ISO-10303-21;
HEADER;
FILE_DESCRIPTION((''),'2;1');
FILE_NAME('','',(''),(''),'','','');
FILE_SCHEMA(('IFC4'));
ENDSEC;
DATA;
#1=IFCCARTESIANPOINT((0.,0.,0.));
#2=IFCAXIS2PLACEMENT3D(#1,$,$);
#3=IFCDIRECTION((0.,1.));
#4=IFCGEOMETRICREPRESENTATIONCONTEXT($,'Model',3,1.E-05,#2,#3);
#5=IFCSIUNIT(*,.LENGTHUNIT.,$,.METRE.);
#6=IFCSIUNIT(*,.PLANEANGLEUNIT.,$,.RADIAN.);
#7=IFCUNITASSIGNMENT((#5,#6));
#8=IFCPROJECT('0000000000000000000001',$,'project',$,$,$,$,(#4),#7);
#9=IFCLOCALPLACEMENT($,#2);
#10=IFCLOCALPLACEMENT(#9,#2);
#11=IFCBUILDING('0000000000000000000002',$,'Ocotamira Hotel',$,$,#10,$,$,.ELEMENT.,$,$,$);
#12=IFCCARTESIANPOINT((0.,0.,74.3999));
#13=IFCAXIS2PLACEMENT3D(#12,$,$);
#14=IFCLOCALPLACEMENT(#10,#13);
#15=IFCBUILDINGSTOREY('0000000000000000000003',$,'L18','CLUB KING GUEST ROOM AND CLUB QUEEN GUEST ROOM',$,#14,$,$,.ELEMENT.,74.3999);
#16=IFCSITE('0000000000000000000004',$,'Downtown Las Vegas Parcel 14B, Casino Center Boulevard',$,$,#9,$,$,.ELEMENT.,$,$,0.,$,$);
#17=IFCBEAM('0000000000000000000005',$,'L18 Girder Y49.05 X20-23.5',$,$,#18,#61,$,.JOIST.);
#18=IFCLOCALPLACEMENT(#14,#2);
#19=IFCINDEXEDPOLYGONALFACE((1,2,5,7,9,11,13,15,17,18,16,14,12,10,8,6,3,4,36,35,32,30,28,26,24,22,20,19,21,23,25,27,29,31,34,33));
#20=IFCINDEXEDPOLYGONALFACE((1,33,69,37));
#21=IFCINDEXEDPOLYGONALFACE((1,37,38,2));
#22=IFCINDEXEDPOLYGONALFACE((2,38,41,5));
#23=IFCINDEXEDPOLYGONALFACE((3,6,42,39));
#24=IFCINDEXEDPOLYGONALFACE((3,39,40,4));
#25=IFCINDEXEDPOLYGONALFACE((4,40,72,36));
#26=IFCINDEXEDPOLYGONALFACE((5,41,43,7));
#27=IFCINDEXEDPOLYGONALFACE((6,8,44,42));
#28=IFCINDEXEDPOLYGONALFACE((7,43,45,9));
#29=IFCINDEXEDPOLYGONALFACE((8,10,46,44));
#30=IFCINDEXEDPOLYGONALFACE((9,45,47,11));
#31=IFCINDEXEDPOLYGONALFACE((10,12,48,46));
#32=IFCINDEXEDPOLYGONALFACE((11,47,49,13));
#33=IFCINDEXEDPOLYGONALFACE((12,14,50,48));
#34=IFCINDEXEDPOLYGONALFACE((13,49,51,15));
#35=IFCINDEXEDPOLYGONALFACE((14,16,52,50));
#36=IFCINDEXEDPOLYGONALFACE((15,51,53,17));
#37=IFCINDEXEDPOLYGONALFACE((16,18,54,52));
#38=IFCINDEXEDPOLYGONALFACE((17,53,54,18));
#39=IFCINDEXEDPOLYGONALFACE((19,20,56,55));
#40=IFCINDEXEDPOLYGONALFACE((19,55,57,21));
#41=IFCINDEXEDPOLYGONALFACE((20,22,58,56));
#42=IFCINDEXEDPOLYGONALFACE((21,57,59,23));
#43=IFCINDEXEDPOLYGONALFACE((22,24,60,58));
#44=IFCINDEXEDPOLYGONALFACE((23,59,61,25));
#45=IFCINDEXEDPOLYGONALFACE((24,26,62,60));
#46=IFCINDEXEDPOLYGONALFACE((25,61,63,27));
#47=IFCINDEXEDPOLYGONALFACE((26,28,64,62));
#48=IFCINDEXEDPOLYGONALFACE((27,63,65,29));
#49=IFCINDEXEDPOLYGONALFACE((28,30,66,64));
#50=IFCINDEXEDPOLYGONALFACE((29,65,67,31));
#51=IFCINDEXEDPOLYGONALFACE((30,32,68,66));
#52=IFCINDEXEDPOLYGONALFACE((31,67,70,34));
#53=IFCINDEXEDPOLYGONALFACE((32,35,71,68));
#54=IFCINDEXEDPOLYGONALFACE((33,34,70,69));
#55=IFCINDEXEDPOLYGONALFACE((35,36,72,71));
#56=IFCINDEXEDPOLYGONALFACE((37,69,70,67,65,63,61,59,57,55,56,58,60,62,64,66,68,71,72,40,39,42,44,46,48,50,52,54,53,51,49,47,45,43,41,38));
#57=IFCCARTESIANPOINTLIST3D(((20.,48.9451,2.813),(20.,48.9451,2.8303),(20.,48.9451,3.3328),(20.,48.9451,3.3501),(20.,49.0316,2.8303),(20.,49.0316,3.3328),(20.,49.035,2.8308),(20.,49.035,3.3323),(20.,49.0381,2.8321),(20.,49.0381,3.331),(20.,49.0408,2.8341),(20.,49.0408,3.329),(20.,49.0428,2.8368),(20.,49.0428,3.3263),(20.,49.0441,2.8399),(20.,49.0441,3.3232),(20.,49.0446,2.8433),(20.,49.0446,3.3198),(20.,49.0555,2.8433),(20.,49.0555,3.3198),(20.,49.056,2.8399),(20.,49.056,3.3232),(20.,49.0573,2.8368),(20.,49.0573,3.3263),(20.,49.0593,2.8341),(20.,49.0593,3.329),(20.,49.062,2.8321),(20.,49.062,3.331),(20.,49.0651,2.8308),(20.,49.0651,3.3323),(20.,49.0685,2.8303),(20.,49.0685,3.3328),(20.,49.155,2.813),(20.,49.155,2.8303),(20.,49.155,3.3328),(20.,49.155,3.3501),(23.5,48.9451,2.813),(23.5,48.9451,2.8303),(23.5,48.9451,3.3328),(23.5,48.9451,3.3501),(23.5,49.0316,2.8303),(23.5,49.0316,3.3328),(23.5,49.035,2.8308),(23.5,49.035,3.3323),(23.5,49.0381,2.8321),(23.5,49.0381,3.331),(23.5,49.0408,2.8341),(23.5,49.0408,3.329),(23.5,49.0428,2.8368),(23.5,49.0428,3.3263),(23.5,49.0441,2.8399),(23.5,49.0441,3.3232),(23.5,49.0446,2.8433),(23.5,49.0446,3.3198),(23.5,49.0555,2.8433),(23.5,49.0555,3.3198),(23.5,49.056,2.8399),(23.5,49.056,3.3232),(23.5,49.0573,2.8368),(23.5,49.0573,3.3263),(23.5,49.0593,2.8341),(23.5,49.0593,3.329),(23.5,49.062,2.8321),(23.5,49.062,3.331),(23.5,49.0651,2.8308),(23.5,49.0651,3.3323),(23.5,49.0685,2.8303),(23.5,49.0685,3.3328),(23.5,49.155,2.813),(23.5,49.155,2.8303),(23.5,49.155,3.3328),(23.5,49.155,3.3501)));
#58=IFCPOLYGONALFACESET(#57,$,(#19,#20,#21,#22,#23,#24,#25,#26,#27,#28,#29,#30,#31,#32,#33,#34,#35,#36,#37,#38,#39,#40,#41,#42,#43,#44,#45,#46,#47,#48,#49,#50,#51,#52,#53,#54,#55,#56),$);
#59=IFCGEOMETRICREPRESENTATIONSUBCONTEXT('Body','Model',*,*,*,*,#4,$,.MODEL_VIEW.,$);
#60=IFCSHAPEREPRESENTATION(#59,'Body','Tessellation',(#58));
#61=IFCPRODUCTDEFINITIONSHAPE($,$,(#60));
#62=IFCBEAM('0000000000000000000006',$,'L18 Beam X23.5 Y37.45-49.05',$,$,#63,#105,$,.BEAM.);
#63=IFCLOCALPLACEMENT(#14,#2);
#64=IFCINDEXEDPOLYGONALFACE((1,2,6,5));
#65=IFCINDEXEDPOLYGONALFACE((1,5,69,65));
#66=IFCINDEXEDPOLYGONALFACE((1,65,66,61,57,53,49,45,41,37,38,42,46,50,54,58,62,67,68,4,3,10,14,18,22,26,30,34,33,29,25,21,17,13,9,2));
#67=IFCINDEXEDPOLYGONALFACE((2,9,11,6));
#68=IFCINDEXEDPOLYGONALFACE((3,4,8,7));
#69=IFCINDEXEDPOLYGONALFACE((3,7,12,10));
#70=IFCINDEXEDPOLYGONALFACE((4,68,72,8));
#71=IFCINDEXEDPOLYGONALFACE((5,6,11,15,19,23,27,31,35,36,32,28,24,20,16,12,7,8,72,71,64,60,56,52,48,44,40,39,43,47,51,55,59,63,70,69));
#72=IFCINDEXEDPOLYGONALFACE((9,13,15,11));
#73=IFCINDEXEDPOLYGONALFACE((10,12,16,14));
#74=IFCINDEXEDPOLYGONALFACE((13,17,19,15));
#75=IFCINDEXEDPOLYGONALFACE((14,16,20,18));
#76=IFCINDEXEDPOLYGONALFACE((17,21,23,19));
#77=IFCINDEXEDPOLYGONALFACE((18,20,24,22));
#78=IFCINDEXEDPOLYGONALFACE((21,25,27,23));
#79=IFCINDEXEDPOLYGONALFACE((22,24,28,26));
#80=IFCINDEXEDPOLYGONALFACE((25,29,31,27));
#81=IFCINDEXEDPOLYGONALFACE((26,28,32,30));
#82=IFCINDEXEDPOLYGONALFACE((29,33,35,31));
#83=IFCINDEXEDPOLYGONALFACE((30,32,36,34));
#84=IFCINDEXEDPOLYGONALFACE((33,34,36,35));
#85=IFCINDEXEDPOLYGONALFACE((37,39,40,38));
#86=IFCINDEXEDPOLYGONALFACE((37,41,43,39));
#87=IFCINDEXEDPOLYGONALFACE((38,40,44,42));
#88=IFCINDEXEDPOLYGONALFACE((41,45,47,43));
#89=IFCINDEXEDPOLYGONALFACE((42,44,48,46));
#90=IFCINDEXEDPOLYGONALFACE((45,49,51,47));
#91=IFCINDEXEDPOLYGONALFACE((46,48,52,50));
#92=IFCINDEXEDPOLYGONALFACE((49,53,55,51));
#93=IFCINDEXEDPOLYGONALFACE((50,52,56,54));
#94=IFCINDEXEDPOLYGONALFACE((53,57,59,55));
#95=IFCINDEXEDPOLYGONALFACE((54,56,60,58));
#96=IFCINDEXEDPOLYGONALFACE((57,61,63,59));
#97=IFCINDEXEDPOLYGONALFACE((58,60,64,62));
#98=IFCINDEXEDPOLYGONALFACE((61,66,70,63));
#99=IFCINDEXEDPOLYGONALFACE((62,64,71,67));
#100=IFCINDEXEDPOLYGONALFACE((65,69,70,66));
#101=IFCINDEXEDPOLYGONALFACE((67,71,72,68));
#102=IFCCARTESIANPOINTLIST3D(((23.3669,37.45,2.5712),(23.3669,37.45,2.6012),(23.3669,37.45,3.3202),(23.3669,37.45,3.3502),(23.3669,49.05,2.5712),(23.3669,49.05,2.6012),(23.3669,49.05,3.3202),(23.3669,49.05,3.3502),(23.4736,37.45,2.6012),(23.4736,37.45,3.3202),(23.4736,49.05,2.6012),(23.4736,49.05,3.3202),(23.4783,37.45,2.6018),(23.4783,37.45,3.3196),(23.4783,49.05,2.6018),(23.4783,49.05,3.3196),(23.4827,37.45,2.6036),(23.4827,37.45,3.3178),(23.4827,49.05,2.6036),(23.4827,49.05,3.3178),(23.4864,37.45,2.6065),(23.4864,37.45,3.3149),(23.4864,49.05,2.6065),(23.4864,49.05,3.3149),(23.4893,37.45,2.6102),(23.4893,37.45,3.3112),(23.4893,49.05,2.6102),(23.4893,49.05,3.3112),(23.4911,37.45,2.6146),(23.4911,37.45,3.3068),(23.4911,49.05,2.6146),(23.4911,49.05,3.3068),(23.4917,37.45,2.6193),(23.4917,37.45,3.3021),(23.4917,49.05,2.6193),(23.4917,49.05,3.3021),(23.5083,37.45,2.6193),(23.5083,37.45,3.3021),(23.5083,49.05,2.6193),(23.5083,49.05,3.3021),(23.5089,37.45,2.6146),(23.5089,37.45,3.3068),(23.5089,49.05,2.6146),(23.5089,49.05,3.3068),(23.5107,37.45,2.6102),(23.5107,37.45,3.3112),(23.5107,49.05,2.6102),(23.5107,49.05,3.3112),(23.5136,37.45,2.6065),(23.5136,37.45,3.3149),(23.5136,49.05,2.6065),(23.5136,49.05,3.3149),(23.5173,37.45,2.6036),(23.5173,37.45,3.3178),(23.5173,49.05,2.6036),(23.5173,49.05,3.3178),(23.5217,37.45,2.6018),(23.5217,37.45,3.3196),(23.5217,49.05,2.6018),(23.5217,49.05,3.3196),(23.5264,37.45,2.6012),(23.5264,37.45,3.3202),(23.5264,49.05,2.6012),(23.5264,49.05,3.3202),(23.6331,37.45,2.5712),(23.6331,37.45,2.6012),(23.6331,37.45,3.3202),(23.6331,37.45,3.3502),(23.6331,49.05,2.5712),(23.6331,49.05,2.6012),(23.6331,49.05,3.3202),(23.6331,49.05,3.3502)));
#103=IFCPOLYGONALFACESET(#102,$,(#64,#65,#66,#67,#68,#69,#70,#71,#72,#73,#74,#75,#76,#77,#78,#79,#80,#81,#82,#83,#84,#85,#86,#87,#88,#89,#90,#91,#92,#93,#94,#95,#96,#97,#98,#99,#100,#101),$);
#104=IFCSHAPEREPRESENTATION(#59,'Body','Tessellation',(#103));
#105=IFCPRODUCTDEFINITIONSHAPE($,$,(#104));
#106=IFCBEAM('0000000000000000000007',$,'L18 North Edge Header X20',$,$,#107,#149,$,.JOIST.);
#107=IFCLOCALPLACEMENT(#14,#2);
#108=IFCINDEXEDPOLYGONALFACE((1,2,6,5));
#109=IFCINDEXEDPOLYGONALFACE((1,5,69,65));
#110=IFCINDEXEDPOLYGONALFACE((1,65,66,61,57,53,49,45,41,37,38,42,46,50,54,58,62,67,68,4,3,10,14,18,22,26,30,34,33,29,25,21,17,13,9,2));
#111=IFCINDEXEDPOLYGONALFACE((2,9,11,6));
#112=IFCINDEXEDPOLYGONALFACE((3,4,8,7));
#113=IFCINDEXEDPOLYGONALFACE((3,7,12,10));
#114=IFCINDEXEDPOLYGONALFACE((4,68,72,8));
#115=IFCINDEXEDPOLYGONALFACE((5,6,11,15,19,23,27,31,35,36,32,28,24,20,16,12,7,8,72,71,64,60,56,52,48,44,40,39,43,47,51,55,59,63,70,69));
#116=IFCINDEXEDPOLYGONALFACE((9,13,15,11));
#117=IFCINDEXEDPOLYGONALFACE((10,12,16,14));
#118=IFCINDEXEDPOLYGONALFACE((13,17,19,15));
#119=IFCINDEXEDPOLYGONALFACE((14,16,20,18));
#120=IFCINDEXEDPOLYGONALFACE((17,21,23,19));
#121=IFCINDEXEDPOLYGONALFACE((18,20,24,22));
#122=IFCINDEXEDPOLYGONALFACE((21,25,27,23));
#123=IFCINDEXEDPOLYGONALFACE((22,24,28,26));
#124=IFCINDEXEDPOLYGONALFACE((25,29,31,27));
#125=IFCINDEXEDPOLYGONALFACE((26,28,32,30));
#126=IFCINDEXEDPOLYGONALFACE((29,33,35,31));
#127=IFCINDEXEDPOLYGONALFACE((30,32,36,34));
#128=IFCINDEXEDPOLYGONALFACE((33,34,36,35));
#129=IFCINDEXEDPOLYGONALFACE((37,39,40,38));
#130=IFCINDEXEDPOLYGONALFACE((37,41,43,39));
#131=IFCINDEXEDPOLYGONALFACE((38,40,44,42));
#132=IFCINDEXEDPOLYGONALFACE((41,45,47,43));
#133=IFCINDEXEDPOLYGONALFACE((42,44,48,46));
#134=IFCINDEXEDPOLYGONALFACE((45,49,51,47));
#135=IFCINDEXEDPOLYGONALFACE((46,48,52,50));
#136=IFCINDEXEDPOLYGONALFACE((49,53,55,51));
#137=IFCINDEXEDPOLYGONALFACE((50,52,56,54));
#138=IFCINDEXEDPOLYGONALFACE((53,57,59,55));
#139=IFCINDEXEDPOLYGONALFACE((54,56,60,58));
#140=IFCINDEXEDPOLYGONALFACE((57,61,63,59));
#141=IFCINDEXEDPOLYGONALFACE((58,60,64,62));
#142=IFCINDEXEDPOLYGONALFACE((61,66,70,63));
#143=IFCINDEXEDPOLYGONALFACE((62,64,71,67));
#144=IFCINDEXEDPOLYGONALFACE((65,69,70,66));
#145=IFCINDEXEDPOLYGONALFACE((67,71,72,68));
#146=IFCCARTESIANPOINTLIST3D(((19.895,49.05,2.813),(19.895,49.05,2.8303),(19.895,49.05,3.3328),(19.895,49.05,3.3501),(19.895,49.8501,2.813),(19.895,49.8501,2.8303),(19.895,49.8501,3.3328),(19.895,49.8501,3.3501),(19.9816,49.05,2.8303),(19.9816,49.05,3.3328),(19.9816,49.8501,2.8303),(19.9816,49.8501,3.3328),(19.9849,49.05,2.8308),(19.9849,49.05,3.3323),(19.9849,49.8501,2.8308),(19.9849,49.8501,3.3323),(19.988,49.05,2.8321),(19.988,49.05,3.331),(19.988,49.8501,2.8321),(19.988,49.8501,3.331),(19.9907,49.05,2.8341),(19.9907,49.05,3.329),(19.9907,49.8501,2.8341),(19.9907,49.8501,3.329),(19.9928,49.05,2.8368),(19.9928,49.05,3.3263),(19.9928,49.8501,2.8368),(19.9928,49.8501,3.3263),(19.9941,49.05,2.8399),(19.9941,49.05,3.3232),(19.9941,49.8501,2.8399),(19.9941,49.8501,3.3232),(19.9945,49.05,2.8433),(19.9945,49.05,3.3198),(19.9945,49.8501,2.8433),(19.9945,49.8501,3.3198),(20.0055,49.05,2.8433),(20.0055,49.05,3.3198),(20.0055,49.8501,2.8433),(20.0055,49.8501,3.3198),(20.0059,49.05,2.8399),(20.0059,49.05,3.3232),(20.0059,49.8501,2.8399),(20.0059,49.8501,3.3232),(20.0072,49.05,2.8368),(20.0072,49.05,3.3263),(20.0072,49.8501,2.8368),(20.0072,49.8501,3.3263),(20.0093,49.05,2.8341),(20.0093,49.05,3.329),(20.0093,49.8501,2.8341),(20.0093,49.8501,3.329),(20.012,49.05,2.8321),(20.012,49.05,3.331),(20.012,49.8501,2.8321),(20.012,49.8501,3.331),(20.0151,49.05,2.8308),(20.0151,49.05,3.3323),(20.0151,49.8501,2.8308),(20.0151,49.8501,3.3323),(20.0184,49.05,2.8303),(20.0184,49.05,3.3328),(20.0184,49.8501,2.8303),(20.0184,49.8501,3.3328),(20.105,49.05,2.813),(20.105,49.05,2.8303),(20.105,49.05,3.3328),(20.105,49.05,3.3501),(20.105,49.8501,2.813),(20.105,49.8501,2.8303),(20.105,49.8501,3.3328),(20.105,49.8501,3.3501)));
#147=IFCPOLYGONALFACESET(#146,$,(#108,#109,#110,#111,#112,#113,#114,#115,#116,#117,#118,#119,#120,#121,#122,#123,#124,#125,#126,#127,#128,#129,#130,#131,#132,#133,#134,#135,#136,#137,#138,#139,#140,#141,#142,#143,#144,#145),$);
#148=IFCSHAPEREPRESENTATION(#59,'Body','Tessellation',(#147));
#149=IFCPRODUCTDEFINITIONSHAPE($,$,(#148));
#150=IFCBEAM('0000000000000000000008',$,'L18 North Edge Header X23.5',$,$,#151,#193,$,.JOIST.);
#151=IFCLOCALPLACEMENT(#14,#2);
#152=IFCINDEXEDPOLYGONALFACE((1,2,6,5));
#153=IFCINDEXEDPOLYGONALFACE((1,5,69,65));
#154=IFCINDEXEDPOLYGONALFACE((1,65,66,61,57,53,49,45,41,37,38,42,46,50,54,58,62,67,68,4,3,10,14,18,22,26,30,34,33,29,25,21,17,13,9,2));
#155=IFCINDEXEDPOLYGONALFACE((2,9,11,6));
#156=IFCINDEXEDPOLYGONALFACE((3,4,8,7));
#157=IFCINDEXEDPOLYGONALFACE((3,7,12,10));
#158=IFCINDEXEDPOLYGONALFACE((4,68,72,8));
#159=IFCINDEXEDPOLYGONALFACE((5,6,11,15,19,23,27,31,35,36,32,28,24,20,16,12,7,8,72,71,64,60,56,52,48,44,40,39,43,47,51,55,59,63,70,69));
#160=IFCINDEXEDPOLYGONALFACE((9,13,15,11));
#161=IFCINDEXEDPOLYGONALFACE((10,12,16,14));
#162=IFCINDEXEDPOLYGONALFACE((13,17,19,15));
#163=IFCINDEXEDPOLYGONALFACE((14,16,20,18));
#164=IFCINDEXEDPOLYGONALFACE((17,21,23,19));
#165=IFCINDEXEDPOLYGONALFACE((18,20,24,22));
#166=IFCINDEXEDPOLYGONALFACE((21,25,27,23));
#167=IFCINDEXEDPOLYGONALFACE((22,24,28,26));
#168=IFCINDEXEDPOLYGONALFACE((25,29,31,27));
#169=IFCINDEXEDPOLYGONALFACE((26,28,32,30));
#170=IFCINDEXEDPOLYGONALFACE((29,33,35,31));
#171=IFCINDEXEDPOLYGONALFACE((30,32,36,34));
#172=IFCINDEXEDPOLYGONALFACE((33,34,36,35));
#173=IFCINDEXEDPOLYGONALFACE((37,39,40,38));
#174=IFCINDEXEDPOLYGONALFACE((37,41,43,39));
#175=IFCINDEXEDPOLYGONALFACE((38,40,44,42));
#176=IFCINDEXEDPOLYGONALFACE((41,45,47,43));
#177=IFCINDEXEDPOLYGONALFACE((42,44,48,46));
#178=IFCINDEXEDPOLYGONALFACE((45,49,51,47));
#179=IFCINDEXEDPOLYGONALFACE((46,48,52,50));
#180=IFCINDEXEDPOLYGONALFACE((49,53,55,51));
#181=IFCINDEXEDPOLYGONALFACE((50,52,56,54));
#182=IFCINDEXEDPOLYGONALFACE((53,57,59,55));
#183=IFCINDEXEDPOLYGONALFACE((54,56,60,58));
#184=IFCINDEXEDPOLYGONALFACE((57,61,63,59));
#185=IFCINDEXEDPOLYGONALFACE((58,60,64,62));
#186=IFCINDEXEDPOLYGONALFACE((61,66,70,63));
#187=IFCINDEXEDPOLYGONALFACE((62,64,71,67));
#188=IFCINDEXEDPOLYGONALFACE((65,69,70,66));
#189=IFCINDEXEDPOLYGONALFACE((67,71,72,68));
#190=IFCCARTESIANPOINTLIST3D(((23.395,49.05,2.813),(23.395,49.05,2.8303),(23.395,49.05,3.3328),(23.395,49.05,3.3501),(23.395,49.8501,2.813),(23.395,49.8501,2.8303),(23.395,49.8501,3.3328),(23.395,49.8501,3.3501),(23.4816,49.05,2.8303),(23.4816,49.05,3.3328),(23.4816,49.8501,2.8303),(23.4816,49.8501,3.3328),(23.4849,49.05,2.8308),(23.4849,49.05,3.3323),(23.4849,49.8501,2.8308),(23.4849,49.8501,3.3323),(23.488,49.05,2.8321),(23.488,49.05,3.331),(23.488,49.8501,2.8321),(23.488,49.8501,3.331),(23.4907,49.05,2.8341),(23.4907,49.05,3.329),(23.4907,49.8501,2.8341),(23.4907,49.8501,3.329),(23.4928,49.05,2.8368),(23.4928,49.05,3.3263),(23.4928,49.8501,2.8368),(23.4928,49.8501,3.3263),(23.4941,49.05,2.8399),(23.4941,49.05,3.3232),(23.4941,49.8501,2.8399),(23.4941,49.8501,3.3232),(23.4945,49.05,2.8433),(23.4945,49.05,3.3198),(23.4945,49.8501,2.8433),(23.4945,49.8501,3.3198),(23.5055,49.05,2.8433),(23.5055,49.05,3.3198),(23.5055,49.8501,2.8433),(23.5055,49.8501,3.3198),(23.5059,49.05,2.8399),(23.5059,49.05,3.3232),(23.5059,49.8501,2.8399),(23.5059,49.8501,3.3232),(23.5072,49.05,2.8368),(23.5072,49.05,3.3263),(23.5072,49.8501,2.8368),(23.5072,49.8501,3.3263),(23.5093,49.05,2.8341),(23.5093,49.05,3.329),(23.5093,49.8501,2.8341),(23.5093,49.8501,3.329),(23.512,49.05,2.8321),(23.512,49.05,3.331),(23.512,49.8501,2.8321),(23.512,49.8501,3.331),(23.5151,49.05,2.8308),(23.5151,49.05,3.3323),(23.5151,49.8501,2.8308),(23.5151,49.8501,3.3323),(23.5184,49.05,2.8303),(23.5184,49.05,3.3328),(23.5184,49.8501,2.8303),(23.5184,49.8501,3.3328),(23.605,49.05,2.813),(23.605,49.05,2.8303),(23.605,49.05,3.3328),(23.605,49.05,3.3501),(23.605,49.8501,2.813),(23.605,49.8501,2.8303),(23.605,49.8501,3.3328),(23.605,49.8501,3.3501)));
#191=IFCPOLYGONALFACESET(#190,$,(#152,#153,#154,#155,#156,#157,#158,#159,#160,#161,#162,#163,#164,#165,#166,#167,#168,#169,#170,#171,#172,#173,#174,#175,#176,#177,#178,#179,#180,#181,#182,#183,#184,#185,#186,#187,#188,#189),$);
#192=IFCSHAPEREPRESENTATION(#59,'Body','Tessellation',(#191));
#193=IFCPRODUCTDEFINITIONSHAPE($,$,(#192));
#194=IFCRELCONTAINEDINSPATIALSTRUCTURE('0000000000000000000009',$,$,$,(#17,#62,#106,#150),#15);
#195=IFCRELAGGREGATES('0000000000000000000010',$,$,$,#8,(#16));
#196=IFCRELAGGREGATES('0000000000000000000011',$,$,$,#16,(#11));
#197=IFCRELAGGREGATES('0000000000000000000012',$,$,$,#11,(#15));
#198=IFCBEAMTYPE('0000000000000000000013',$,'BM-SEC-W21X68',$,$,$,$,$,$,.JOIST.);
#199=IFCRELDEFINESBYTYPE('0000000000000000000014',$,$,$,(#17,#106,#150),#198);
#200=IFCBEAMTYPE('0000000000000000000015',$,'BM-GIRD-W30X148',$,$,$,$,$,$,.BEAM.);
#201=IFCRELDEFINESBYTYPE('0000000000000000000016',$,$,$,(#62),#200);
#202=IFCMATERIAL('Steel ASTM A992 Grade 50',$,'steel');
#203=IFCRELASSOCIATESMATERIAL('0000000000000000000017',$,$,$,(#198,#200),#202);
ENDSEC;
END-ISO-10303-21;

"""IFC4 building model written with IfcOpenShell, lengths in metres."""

from ifc_helpers import new_model, si_unit, direction, frame, origin, origin_2d, place, context, subcontext, project, spatial, i_section, extrude, source, transform, mapped, material, material_profile, profile_set, type_object, element, save


model = new_model("IFC4")

# Units and contexts
model_context = context("Model", 3, precision=1e-05, world=origin(), true_north=direction((0.0, 1.0)))
body_context = subcontext(model_context, "Body", "Model", "MODEL_VIEW")
ifc_project = project(units=[si_unit("LENGTHUNIT", "METRE"), si_unit("PLANEANGLEUNIT", "RADIAN")], contexts=[model_context])

# Site, building, storey
site_placement = place(None, origin())
site = spatial("IfcSite", under=ifc_project, at=site_placement, Name="Downtown Las Vegas Parcel 14B, Casino Center Boulevard", CompositionType="ELEMENT", RefElevation=0.0)
building_placement = place(site_placement, origin())
building = spatial("IfcBuilding", under=site, at=building_placement, Name="Ocotamira Hotel", CompositionType="ELEMENT")
storey_placement = place(building_placement, frame((0.0, 0.0, 74.3999)))
storey = spatial("IfcBuildingStorey", under=building, at=storey_placement, Name="L18", Description="CLUB KING GUEST ROOM AND CLUB QUEEN GUEST ROOM", CompositionType="ELEMENT", Elevation=74.3999)

# Beams
ifc_material_1 = material(Name="Steel ASTM A992 Grade 50", Category="steel")
ifc_material_profile_1 = material_profile(ifc_material_1, i_section(OverallWidth=0.21, OverallDepth=0.5371, WebThickness=0.011, FlangeThickness=0.0173, FilletRadius=0.0129, at=origin_2d()), Name="W21X68")
ifc_profile_set_1 = profile_set([ifc_material_profile_1], Name="Steel ASTM A992 Grade 50")
beam_type_1 = type_object("IfcBeamType", Name="BM-SEC-W21X68", PredefinedType="JOIST", material=ifc_profile_set_1)
shared_shape_1 = source(origin(), body_context, "Body", "SweptSolid", [
    extrude(i_section(OverallWidth=0.21, OverallDepth=0.5371, WebThickness=0.011, FlangeThickness=0.0173, FilletRadius=0.0129, at=origin_2d()), origin(), (0.0, 0.0, 1.0), 3.5),
])
beam_1_placement = place(storey_placement, frame((20.0, 49.05, 3.0815), z_axis=(1.0, 0.0, 0.0), x_axis=(0.0, 1.0, 0.0)))
element("IfcBeam", 1, at=beam_1_placement, inside=storey, type_object=beam_type_1, Name="L18 Girder Y49.05 X20-23.5", PredefinedType="JOIST", context=body_context, shape_type="MappedRepresentation", body=[
    mapped(shared_shape_1, transform((0.0, 0.0, 0.0), scale=1.0)),
])
ifc_material_profile_2 = material_profile(ifc_material_1, i_section(OverallWidth=0.2661, OverallDepth=0.7791, WebThickness=0.0166, FlangeThickness=0.03, FilletRadius=0.0181, at=origin_2d()), Name="W30X148")
ifc_profile_set_2 = profile_set([ifc_material_profile_2], Name="Steel ASTM A992 Grade 50")
beam_type_2 = type_object("IfcBeamType", Name="BM-GIRD-W30X148", PredefinedType="BEAM", material=ifc_profile_set_2)
shared_shape_2 = source(origin(), body_context, "Body", "SweptSolid", [
    extrude(i_section(OverallWidth=0.2661, OverallDepth=0.7791, WebThickness=0.0166, FlangeThickness=0.03, FilletRadius=0.0181, at=origin_2d()), origin(), (0.0, 0.0, 1.0), 11.6001),
])
beam_2_placement = place(storey_placement, frame((23.5, 37.45, 2.9607), z_axis=(0.0, 1.0, 0.0), x_axis=(-1.0, 0.0, 0.0)))
element("IfcBeam", 2, at=beam_2_placement, inside=storey, type_object=beam_type_2, Name="L18 Beam X23.5 Y37.45-49.05", PredefinedType="BEAM", context=body_context, shape_type="MappedRepresentation", body=[
    mapped(shared_shape_2, transform((0.0, 0.0, 0.0), scale=1.0)),
])
shared_shape_3 = source(origin(), body_context, "Body", "SweptSolid", [
    extrude(i_section(OverallWidth=0.21, OverallDepth=0.5371, WebThickness=0.011, FlangeThickness=0.0173, FilletRadius=0.0129, at=origin_2d()), origin(), (0.0, 0.0, 1.0), 0.8),
])
for number, where, z_axis, x_axis, name in (
    (3, (20.0, 49.05, 3.0815), (0.0, 1.0, 0.0), (-1.0, 0.0, 0.0), "L18 North Edge Header X20"),
    (4, (23.5, 49.05, 3.0815), (0.0, 1.0, 0.0), (-1.0, 0.0, 0.0), "L18 North Edge Header X23.5"),
):
    element("IfcBeam", number, at=place(storey_placement, frame(where, z_axis=z_axis, x_axis=x_axis)), inside=storey, type_object=beam_type_1, Name=name, PredefinedType="JOIST", context=body_context, shape_type="MappedRepresentation", body=[
        mapped(shared_shape_3, transform((0.0, 0.0, 0.0), scale=1.0)),
    ])

save(model, "model.ifc")
